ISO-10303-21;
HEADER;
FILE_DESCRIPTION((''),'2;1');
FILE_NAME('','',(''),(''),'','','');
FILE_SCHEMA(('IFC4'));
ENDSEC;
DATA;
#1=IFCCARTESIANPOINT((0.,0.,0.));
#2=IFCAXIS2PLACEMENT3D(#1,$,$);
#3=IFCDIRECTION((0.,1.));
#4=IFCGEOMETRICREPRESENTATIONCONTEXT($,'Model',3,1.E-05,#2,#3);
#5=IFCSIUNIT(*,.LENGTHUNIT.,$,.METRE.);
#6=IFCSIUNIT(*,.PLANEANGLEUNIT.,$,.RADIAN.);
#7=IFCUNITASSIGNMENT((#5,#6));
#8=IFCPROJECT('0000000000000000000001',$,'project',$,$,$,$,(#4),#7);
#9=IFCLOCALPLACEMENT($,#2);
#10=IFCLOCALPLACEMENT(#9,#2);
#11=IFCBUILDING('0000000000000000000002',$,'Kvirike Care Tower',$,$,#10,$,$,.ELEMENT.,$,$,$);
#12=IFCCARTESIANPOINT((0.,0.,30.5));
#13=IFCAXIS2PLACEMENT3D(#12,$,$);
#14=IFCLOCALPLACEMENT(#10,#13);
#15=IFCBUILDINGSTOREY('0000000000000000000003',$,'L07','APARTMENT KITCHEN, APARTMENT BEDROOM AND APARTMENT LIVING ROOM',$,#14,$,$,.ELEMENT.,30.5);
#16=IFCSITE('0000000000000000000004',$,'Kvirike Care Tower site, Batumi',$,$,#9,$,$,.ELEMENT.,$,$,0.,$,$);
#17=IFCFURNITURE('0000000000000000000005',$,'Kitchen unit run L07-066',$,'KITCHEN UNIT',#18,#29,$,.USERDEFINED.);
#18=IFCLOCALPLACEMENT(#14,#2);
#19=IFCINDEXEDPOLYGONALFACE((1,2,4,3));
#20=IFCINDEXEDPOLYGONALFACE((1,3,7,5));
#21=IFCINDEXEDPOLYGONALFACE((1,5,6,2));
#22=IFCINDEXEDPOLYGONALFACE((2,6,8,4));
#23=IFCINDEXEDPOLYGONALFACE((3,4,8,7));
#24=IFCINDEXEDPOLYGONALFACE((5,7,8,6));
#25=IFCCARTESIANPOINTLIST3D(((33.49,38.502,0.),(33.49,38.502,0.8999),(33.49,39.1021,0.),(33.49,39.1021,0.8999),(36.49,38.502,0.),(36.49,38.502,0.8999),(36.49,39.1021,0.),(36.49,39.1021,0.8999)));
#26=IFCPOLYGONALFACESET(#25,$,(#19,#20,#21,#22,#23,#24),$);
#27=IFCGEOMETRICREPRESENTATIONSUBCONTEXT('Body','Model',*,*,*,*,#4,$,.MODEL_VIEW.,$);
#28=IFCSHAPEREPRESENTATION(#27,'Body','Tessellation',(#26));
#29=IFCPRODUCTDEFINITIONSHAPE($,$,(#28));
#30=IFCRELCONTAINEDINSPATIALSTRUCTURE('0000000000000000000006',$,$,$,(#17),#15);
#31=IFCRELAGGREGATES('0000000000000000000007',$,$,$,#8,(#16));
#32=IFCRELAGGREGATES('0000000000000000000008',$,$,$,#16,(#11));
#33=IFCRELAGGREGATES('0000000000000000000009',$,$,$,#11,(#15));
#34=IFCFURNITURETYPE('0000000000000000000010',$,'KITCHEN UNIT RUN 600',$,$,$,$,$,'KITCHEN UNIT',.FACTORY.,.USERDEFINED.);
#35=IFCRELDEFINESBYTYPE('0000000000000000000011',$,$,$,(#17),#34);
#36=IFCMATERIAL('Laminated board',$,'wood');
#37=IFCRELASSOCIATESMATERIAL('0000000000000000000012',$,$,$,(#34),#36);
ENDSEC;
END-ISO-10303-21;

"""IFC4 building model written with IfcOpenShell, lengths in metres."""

from ifc_helpers import new_model, si_unit, direction, frame, origin, origin_2d, place, context, subcontext, project, spatial, rectangle, extrude, material, type_object, element, save


model = new_model("IFC4")

# Units and contexts
model_context = context("Model", 3, precision=1e-05, world=origin(), true_north=direction((0.0, 1.0)))
body_context = subcontext(model_context, "Body", "Model", "MODEL_VIEW")
ifc_project = project(units=[si_unit("LENGTHUNIT", "METRE"), si_unit("PLANEANGLEUNIT", "RADIAN")], contexts=[model_context])

# Site, building, storey
site_placement = place(None, origin())
site = spatial("IfcSite", under=ifc_project, at=site_placement, Name="Kvirike Care Tower site, Batumi", CompositionType="ELEMENT", RefElevation=0.0)
building_placement = place(site_placement, origin())
building = spatial("IfcBuilding", under=site, at=building_placement, Name="Kvirike Care Tower", CompositionType="ELEMENT")
storey_placement = place(building_placement, frame((0.0, 0.0, 30.5)))
storey = spatial("IfcBuildingStorey", under=building, at=storey_placement, Name="L07", Description="APARTMENT KITCHEN, APARTMENT BEDROOM AND APARTMENT LIVING ROOM", CompositionType="ELEMENT", Elevation=30.5)

# Furniture
ifc_material_1 = material(Name="Laminated board", Category="wood")
furniture_type = type_object("IfcFurnitureType", Name="KITCHEN UNIT RUN 600", ElementType="KITCHEN UNIT", AssemblyPlace="FACTORY", PredefinedType="USERDEFINED", material=ifc_material_1)
for number, where, z_axis, x_axis, name in (
    (1, (34.99, 38.802, 0.0), (0.0, 0.0, 1.0), (-1.0, 0.0, 0.0), "Kitchen unit run L07-066"),
):
    element("IfcFurniture", number, at=place(storey_placement, frame(where, z_axis=z_axis, x_axis=x_axis)), inside=storey, type_object=furniture_type, Name=name, ObjectType="KITCHEN UNIT", PredefinedType="USERDEFINED", context=body_context, shape_type="SweptSolid", body=[
        extrude(rectangle(XDim=3.0, YDim=0.6001, at=origin_2d()), origin(), (0.0, 0.0, 1.0), 0.8999),
    ])

save(model, "model.ifc")
